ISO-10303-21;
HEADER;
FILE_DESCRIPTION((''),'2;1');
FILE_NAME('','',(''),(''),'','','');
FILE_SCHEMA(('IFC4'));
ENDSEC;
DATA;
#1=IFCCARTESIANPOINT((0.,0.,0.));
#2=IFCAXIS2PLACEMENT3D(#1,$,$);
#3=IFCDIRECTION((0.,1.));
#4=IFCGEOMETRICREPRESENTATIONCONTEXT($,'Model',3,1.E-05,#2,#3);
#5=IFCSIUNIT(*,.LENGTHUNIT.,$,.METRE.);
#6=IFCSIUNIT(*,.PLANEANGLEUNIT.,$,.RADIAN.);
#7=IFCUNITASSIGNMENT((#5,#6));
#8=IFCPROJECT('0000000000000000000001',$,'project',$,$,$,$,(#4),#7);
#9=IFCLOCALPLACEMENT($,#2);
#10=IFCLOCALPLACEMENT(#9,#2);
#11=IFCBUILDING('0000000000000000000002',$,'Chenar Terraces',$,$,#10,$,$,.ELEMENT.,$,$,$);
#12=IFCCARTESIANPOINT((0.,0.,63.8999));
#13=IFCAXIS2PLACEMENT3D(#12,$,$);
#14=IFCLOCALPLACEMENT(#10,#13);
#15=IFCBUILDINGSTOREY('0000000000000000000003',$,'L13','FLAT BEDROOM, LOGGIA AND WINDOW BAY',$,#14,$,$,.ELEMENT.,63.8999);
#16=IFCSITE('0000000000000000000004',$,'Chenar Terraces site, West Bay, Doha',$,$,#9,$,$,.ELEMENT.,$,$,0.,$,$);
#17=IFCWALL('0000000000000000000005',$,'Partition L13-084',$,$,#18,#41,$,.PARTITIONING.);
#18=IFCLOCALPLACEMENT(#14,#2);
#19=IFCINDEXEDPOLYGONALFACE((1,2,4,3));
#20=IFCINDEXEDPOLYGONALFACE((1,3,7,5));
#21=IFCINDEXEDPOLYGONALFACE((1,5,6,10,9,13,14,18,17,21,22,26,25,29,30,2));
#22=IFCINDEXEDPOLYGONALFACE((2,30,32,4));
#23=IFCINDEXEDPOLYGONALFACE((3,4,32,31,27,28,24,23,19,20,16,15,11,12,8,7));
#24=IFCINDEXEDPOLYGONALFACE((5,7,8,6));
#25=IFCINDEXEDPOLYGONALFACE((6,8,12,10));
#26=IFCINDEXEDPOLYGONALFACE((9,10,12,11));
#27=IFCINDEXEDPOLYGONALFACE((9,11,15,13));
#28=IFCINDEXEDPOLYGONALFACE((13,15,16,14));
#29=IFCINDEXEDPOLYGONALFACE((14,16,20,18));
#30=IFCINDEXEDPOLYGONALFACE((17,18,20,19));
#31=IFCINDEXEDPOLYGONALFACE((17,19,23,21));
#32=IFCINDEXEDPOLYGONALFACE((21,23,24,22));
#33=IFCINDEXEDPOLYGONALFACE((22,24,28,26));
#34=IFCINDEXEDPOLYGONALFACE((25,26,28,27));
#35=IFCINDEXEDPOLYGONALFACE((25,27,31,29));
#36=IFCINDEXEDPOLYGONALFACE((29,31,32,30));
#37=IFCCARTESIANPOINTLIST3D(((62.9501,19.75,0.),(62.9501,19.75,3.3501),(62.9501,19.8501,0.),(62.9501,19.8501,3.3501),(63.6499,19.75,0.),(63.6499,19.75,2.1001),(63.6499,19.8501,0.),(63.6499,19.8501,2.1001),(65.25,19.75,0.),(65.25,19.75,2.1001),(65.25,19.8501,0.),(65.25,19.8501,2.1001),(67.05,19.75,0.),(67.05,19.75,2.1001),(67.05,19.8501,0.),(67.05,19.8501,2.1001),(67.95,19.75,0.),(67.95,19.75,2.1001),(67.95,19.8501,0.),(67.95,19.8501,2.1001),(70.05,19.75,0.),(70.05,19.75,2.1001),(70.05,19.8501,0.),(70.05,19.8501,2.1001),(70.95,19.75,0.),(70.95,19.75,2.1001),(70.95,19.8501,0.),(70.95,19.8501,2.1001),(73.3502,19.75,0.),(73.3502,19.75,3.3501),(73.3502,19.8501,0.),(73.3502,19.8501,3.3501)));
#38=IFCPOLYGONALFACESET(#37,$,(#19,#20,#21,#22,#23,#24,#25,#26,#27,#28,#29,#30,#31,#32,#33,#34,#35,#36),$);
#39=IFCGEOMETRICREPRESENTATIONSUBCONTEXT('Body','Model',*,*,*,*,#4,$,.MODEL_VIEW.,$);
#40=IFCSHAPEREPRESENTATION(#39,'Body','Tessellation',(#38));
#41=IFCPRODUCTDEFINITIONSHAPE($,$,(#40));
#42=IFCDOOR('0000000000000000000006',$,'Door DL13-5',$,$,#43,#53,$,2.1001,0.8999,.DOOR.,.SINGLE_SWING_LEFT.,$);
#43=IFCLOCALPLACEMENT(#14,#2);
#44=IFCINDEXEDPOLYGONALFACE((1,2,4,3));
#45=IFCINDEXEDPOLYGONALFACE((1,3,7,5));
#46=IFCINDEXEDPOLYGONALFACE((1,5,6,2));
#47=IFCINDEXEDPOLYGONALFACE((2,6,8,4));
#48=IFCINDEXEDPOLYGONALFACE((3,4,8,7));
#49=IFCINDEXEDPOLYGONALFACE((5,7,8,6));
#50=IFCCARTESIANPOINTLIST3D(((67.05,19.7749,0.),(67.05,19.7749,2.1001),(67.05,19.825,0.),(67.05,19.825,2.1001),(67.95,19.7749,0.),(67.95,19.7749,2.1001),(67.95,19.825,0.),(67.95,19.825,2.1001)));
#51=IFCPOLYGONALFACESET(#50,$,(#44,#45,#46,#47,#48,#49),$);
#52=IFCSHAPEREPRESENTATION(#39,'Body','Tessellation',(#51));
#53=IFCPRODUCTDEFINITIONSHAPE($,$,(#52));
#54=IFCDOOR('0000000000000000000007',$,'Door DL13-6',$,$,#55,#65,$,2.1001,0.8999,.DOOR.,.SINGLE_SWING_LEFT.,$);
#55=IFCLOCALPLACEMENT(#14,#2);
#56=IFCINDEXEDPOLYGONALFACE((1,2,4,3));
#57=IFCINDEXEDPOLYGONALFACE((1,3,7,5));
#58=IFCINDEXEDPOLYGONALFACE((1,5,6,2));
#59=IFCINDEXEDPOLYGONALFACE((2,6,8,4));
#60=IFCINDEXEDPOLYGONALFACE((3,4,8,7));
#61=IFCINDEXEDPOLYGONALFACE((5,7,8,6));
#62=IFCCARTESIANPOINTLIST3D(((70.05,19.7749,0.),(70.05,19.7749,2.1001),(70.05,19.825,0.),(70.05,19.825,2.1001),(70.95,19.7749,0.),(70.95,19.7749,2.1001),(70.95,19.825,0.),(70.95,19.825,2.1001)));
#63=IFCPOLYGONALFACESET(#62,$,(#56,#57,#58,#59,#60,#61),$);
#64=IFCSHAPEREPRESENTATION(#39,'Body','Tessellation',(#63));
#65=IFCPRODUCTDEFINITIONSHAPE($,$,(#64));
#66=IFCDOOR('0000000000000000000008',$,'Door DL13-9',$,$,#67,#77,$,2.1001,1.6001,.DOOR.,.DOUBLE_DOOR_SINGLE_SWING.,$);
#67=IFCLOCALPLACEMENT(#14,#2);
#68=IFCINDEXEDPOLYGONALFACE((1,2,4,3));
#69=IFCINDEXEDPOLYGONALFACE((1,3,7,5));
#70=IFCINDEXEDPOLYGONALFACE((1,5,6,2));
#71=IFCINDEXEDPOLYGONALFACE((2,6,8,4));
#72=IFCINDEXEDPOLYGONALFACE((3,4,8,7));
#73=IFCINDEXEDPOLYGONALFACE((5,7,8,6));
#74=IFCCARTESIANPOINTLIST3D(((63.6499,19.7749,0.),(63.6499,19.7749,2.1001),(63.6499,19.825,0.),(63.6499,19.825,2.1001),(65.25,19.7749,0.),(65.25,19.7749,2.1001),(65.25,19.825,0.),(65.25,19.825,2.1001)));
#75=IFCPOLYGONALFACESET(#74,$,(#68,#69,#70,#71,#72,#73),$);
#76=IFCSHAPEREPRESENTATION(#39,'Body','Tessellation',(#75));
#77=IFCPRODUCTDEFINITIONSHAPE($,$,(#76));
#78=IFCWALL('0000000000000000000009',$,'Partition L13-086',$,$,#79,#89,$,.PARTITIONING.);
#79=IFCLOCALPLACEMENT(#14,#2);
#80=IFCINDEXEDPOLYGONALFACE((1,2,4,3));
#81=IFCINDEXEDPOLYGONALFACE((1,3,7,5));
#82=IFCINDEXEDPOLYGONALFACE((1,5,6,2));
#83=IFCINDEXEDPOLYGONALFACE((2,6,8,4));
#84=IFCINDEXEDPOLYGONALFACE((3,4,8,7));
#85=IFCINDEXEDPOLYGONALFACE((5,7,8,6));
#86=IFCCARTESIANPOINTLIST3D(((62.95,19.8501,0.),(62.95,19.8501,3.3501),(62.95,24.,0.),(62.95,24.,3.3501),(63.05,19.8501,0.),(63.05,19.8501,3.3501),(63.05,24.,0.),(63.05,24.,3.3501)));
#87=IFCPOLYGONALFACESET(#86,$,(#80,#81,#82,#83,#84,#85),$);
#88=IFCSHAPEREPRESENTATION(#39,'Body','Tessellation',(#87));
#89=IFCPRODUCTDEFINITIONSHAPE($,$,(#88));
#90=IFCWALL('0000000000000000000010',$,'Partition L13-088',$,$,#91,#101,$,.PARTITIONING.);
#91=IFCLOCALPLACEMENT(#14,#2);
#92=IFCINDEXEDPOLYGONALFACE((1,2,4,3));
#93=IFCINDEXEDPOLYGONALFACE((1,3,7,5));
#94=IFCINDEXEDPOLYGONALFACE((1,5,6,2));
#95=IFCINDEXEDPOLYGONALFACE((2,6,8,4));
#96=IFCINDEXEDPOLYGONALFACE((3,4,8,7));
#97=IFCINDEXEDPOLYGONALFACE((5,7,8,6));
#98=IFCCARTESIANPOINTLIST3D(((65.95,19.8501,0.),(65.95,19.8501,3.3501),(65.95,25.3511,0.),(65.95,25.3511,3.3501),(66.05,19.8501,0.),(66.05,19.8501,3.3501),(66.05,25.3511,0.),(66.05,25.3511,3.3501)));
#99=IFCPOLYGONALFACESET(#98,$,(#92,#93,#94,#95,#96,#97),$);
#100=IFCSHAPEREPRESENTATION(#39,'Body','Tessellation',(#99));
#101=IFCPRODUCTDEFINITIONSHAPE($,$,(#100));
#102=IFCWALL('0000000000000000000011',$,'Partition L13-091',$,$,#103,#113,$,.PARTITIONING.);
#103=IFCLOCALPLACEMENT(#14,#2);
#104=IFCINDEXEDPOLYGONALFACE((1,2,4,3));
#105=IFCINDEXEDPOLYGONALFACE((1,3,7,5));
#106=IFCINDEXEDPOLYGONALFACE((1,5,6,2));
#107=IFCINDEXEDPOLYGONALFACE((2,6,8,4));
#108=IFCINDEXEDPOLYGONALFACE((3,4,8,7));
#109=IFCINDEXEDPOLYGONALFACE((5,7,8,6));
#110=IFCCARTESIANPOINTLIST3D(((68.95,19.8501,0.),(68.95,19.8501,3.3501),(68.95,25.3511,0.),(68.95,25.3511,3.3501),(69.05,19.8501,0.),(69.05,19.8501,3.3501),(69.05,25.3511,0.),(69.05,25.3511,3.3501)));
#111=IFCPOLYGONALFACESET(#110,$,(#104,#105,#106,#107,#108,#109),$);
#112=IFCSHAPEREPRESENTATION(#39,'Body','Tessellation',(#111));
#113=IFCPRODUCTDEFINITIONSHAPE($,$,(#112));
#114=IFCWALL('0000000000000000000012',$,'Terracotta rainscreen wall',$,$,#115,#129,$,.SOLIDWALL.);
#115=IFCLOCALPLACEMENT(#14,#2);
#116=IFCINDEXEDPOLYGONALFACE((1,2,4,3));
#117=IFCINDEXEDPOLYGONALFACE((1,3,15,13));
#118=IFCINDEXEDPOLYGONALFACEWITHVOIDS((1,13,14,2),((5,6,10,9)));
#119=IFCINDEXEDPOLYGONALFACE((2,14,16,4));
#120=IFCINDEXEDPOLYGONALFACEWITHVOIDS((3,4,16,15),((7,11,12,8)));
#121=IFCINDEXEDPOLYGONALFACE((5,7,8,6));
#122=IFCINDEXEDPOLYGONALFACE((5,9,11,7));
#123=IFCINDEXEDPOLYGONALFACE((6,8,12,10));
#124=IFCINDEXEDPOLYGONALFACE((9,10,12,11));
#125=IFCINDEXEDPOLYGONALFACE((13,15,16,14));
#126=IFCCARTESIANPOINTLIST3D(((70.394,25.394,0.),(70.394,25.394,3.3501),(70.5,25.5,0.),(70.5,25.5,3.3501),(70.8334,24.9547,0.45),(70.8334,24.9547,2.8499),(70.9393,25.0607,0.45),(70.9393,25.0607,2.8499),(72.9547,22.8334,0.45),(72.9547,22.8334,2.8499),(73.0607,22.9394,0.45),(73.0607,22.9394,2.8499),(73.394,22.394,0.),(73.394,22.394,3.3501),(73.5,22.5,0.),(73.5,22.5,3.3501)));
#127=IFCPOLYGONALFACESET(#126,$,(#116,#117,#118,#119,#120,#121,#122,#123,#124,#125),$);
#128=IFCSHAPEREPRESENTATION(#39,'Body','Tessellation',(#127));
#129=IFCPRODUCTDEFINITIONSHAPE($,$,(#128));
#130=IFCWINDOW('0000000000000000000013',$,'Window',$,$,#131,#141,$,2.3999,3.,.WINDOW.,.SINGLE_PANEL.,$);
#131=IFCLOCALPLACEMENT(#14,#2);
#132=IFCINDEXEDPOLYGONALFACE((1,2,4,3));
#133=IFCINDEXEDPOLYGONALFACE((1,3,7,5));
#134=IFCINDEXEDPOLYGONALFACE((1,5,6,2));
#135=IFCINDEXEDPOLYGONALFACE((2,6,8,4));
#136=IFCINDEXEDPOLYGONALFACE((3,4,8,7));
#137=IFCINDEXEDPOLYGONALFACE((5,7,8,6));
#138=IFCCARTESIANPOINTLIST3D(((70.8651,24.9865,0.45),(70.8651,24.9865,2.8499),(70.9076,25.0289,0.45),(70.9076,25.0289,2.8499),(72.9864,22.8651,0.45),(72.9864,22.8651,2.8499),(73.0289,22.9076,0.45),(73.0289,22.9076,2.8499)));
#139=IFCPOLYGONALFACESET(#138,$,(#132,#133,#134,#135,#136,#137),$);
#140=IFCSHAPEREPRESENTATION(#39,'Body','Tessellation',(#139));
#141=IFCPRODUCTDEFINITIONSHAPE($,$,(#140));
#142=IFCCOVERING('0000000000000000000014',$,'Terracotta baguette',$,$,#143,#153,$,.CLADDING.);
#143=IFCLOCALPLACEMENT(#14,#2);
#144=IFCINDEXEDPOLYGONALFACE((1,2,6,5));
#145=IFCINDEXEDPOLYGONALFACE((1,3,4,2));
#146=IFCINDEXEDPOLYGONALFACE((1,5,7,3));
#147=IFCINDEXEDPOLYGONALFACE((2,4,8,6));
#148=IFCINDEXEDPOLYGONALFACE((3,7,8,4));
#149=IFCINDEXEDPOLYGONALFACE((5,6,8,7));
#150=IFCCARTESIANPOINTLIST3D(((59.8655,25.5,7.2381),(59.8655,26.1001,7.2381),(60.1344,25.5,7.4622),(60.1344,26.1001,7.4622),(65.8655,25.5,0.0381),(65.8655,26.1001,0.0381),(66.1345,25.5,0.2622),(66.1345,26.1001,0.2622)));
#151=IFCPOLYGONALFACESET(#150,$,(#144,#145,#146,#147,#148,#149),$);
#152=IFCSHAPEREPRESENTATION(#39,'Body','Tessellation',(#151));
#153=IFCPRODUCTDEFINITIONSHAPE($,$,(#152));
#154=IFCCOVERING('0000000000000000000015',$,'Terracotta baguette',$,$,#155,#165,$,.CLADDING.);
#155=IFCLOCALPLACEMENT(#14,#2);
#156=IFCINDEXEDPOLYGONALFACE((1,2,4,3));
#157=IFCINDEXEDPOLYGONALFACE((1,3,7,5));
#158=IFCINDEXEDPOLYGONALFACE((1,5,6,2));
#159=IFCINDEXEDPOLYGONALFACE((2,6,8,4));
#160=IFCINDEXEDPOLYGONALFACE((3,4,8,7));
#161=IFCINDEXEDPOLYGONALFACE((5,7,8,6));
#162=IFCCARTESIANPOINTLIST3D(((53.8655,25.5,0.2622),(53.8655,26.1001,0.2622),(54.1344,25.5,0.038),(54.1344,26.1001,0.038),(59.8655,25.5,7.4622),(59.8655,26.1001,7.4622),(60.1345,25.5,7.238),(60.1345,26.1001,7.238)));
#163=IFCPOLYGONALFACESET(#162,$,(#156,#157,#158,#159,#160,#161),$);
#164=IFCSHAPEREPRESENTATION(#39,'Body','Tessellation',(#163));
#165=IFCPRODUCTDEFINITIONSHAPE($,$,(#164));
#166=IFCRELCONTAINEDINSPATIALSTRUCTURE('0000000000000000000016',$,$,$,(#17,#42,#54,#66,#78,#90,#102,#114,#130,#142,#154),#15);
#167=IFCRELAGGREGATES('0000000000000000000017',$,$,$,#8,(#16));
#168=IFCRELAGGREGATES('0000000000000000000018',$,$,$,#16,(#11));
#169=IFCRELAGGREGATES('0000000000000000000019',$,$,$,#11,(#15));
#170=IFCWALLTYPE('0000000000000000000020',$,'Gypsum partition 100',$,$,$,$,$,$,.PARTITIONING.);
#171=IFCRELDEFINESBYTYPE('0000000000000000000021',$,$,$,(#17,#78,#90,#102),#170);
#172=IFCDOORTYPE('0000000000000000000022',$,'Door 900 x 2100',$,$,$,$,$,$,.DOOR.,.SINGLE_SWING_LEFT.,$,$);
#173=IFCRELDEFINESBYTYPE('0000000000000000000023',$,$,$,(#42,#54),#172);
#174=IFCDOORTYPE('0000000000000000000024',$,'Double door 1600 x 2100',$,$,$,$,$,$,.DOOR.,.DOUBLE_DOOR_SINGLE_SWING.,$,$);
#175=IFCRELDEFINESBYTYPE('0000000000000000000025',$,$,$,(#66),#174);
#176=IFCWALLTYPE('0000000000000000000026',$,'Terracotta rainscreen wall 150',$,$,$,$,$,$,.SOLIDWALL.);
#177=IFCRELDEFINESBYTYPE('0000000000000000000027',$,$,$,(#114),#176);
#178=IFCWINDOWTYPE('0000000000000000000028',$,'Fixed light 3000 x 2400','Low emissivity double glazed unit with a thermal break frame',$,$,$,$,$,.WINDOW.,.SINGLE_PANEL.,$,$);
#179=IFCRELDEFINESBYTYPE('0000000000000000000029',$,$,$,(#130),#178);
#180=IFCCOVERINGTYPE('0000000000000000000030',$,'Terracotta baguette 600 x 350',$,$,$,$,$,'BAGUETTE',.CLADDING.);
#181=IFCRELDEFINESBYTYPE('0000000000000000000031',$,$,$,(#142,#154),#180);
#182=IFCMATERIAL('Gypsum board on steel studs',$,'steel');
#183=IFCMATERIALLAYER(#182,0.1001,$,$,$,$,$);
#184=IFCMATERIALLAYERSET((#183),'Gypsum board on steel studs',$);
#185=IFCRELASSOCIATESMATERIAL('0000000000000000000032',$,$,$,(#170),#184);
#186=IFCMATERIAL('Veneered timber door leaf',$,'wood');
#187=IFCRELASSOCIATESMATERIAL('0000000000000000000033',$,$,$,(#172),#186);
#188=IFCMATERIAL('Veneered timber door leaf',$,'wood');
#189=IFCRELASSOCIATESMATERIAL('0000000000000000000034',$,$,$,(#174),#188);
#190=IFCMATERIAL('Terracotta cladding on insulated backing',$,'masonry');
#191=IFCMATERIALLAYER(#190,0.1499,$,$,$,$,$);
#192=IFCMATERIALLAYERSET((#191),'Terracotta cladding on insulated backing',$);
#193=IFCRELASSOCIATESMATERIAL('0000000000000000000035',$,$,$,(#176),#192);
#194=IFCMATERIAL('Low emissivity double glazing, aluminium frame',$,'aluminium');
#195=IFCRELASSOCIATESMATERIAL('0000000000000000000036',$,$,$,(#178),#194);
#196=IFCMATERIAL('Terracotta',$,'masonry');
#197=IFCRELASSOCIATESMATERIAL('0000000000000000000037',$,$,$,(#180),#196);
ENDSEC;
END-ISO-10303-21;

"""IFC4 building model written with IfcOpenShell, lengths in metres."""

from ifc_helpers import new_model, si_unit, direction, frame, frame_2d, origin, origin_2d, place, context, subcontext, project, spatial, rectangle, extrude, material, layer, layer_set, material_profile, profile_set, type_object, element, fill, save


model = new_model("IFC4")

# Units and contexts
model_context = context("Model", 3, precision=1e-05, world=origin(), true_north=direction((0.0, 1.0)))
body_context = subcontext(model_context, "Body", "Model", "MODEL_VIEW")
ifc_project = project(units=[si_unit("LENGTHUNIT", "METRE"), si_unit("PLANEANGLEUNIT", "RADIAN")], contexts=[model_context])

# Site, building, storey
site_placement = place(None, origin())
site = spatial("IfcSite", under=ifc_project, at=site_placement, Name="Chenar Terraces site, West Bay, Doha", CompositionType="ELEMENT", RefElevation=0.0)
building_placement = place(site_placement, origin())
building = spatial("IfcBuilding", under=site, at=building_placement, Name="Chenar Terraces", CompositionType="ELEMENT")
storey_placement = place(building_placement, frame((0.0, 0.0, 63.8999)))
storey = spatial("IfcBuildingStorey", under=building, at=storey_placement, Name="L13", Description="FLAT BEDROOM, LOGGIA AND WINDOW BAY", CompositionType="ELEMENT", Elevation=63.8999)

# Wall, openings, doors
ifc_material_1 = material(Name="Gypsum board on steel studs", Category="steel")
ifc_layer_1 = layer(ifc_material_1, 0.1001)
ifc_layer_set_1 = layer_set([ifc_layer_1], Name="Gypsum board on steel studs")
wall_type_1 = type_object("IfcWallType", Name="Gypsum partition 100", PredefinedType="PARTITIONING", material=ifc_layer_set_1)
wall_1_placement = place(storey_placement, frame((62.95, 19.8, 0.0), z_axis=(0.0, 0.0, 1.0), x_axis=(1.0, 0.0, 0.0)))
wall_1 = element("IfcWall", 1, at=wall_1_placement, inside=storey, type_object=wall_type_1, Name="Partition L13-084", PredefinedType="PARTITIONING", context=body_context, shape_type="SweptSolid", body=[
    extrude(rectangle(XDim=10.4001, YDim=0.1001, at=frame_2d((5.2002, 0.0))), origin(), (0.0, 0.0, 1.0), 3.3501),
])
opening_1_placement = place(wall_1_placement, frame((4.1001, 0.0, 0.0)))
opening_1 = element("IfcOpeningElement", 2, at=opening_1_placement, cuts=wall_1, PredefinedType="OPENING", context=body_context, shape_type="SweptSolid", body=[
    extrude(rectangle(XDim=0.8999, YDim=2.1001, at=frame_2d((0.45, 1.05))), frame((0.0, 0.0601, 0.0), z_axis=(0.0, -1.0, 0.0), x_axis=(1.0, 0.0, 0.0)), (0.0, 0.0, 1.0), 0.1201),
])
opening_2_placement = place(wall_1_placement, frame((7.1001, 0.0, 0.0)))
opening_2 = element("IfcOpeningElement", 3, at=opening_2_placement, cuts=wall_1, PredefinedType="OPENING", context=body_context, shape_type="SweptSolid", body=[
    extrude(rectangle(XDim=0.8999, YDim=2.1001, at=frame_2d((0.45, 1.05))), frame((0.0, 0.0601, 0.0), z_axis=(0.0, -1.0, 0.0), x_axis=(1.0, 0.0, 0.0)), (0.0, 0.0, 1.0), 0.1201),
])
opening_3_placement = place(wall_1_placement, frame((0.7, 0.0, 0.0)))
opening_3 = element("IfcOpeningElement", 4, at=opening_3_placement, cuts=wall_1, PredefinedType="OPENING", context=body_context, shape_type="SweptSolid", body=[
    extrude(rectangle(XDim=1.6001, YDim=2.1001, at=frame_2d((0.8, 1.05))), frame((0.0, 0.0601, 0.0), z_axis=(0.0, -1.0, 0.0), x_axis=(1.0, 0.0, 0.0)), (0.0, 0.0, 1.0), 0.1201),
])
ifc_material_2 = material(Name="Veneered timber door leaf", Category="wood")
door_type_1 = type_object("IfcDoorType", Name="Door 900 x 2100", OperationType="SINGLE_SWING_LEFT", PredefinedType="DOOR", material=ifc_material_2)
door_1_placement = place(opening_1_placement, origin())
door_1 = element("IfcDoor", 5, at=door_1_placement, inside=storey, type_object=door_type_1, Name="Door DL13-5", OperationType="SINGLE_SWING_LEFT", OverallHeight=2.1001, OverallWidth=0.8999, PredefinedType="DOOR", context=body_context, shape_type="SweptSolid", body=[
    extrude(rectangle(XDim=0.8999, YDim=2.1001, at=frame_2d((0.45, 1.05))), frame((0.0, 0.0249, 0.0), z_axis=(0.0, -1.0, 0.0), x_axis=(1.0, 0.0, 0.0)), (0.0, 0.0, 1.0), 0.05),
])
fill(opening_1, door_1)
door_2_placement = place(opening_2_placement, origin())
door_2 = element("IfcDoor", 6, at=door_2_placement, inside=storey, type_object=door_type_1, Name="Door DL13-6", OperationType="SINGLE_SWING_LEFT", OverallHeight=2.1001, OverallWidth=0.8999, PredefinedType="DOOR", context=body_context, shape_type="SweptSolid", body=[
    extrude(rectangle(XDim=0.8999, YDim=2.1001, at=frame_2d((0.45, 1.05))), frame((0.0, 0.0249, 0.0), z_axis=(0.0, -1.0, 0.0), x_axis=(1.0, 0.0, 0.0)), (0.0, 0.0, 1.0), 0.05),
])
fill(opening_2, door_2)
ifc_material_3 = material(Name="Veneered timber door leaf", Category="wood")
door_type_2 = type_object("IfcDoorType", Name="Double door 1600 x 2100", OperationType="DOUBLE_DOOR_SINGLE_SWING", PredefinedType="DOOR", material=ifc_material_3)
door_3_placement = place(opening_3_placement, origin())
door_3 = element("IfcDoor", 7, at=door_3_placement, inside=storey, type_object=door_type_2, Name="Door DL13-9", OperationType="DOUBLE_DOOR_SINGLE_SWING", OverallHeight=2.1001, OverallWidth=1.6001, PredefinedType="DOOR", context=body_context, shape_type="SweptSolid", body=[
    extrude(rectangle(XDim=1.6001, YDim=2.1001, at=frame_2d((0.8, 1.05))), frame((0.0, 0.0249, 0.0), z_axis=(0.0, -1.0, 0.0), x_axis=(1.0, 0.0, 0.0)), (0.0, 0.0, 1.0), 0.05),
])
fill(opening_3, door_3)

# Walls
wall_2_placement = place(storey_placement, frame((63.0, 19.8501, 0.0), z_axis=(0.0, 0.0, 1.0), x_axis=(0.0, 1.0, 0.0)))
element("IfcWall", 8, at=wall_2_placement, inside=storey, type_object=wall_type_1, Name="Partition L13-086", PredefinedType="PARTITIONING", context=body_context, shape_type="SweptSolid", body=[
    extrude(rectangle(XDim=4.1499, YDim=0.1001, at=frame_2d((2.075, 0.0))), origin(), (0.0, 0.0, 1.0), 3.3501),
])
for number, where, z_axis, x_axis, name in (
    (9, (66.0, 19.8501, 0.0), (0.0, 0.0, 1.0), (0.0, 1.0, 0.0), "Partition L13-088"),
    (10, (69.0, 19.8501, 0.0), (0.0, 0.0, 1.0), (0.0, 1.0, 0.0), "Partition L13-091"),
):
    element("IfcWall", number, at=place(storey_placement, frame(where, z_axis=z_axis, x_axis=x_axis)), inside=storey, type_object=wall_type_1, Name=name, PredefinedType="PARTITIONING", context=body_context, shape_type="SweptSolid", body=[
        extrude(rectangle(XDim=5.501, YDim=0.1001, at=frame_2d((2.7505, 0.0))), origin(), (0.0, 0.0, 1.0), 3.3501),
    ])

# Wall, opening, window
ifc_material_4 = material(Name="Terracotta cladding on insulated backing", Category="masonry")
ifc_layer_2 = layer(ifc_material_4, 0.1499)
ifc_layer_set_2 = layer_set([ifc_layer_2], Name="Terracotta cladding on insulated backing")
wall_type_2 = type_object("IfcWallType", Name="Terracotta rainscreen wall 150", PredefinedType="SOLIDWALL", material=ifc_layer_set_2)
wall_3_placement = place(storey_placement, frame((73.447, 22.447, 0.0), z_axis=(0.0, 0.0, 1.0), x_axis=(-0.707107, 0.707107, 0.0)))
wall_3 = element("IfcWall", 11, at=wall_3_placement, inside=storey, type_object=wall_type_2, Name="Terracotta rainscreen wall", PredefinedType="SOLIDWALL", context=body_context, shape_type="SweptSolid", body=[
    extrude(rectangle(XDim=4.2427, YDim=0.1499, at=frame_2d((2.1213, 0.0))), origin(), (0.0, 0.0, 1.0), 3.3501),
])
opening_4_placement = place(wall_3_placement, frame((0.6213, 0.0, 0.45)))
opening_4 = element("IfcOpeningElement", 12, at=opening_4_placement, cuts=wall_3, PredefinedType="OPENING", context=body_context, shape_type="SweptSolid", body=[
    extrude(rectangle(XDim=3.0, YDim=2.3999, at=frame_2d((1.5, 1.2))), frame((0.0, 0.085, 0.0), z_axis=(0.0, -1.0, 0.0), x_axis=(1.0, 0.0, 0.0)), (0.0, 0.0, 1.0), 0.1699),
])
ifc_material_5 = material(Name="Low emissivity double glazing, aluminium frame", Category="aluminium")
window_type_1 = type_object("IfcWindowType", Name="Fixed light 3000 x 2400", Description="Low emissivity double glazed unit with a thermal break frame", PartitioningType="SINGLE_PANEL", PredefinedType="WINDOW", material=ifc_material_5)
window_1_placement = place(opening_4_placement, origin())
window_1 = element("IfcWindow", 13, at=window_1_placement, inside=storey, type_object=window_type_1, Name="Window", OverallHeight=2.3999, OverallWidth=3.0, PartitioningType="SINGLE_PANEL", PredefinedType="WINDOW", context=body_context, shape_type="SweptSolid", body=[
    extrude(rectangle(XDim=3.0, YDim=2.3999, at=frame_2d((1.5, 1.2))), frame((0.0, 0.03, 0.0), z_axis=(0.0, -1.0, 0.0), x_axis=(1.0, 0.0, 0.0)), (0.0, 0.0, 1.0), 0.0601),
])
fill(opening_4, window_1)

# Coverings
ifc_material_6 = material(Name="Terracotta", Category="masonry")
ifc_material_profile_1 = material_profile(ifc_material_6, rectangle(XDim=0.6001, YDim=0.3501, at=origin_2d()), Name="Terracotta baguette 600 x 350")
ifc_profile_set_1 = profile_set([ifc_material_profile_1], Name="Terracotta")
covering_type = type_object("IfcCoveringType", Name="Terracotta baguette 600 x 350", ElementType="BAGUETTE", PredefinedType="CLADDING", material=ifc_profile_set_1)
for number, where, z_axis, x_axis, name in (
    (14, (66.0, 25.8, 0.1501), (-0.640187, 0.0, 0.768219), (0.0, -1.0, 0.0), "Terracotta baguette"),
    (15, (60.0, 25.8, 7.3501), (-0.640187, 0.0, -0.768219), (0.0, -1.0, 0.0), "Terracotta baguette"),
):
    element("IfcCovering", number, at=place(storey_placement, frame(where, z_axis=z_axis, x_axis=x_axis)), inside=storey, type_object=covering_type, Name=name, PredefinedType="CLADDING", context=body_context, shape_type="SweptSolid", body=[
        extrude(rectangle(XDim=0.6001, YDim=0.3501, at=origin_2d()), origin(), (0.0, 0.0, 1.0), 9.3723),
    ])

save(model, "model.ifc")
